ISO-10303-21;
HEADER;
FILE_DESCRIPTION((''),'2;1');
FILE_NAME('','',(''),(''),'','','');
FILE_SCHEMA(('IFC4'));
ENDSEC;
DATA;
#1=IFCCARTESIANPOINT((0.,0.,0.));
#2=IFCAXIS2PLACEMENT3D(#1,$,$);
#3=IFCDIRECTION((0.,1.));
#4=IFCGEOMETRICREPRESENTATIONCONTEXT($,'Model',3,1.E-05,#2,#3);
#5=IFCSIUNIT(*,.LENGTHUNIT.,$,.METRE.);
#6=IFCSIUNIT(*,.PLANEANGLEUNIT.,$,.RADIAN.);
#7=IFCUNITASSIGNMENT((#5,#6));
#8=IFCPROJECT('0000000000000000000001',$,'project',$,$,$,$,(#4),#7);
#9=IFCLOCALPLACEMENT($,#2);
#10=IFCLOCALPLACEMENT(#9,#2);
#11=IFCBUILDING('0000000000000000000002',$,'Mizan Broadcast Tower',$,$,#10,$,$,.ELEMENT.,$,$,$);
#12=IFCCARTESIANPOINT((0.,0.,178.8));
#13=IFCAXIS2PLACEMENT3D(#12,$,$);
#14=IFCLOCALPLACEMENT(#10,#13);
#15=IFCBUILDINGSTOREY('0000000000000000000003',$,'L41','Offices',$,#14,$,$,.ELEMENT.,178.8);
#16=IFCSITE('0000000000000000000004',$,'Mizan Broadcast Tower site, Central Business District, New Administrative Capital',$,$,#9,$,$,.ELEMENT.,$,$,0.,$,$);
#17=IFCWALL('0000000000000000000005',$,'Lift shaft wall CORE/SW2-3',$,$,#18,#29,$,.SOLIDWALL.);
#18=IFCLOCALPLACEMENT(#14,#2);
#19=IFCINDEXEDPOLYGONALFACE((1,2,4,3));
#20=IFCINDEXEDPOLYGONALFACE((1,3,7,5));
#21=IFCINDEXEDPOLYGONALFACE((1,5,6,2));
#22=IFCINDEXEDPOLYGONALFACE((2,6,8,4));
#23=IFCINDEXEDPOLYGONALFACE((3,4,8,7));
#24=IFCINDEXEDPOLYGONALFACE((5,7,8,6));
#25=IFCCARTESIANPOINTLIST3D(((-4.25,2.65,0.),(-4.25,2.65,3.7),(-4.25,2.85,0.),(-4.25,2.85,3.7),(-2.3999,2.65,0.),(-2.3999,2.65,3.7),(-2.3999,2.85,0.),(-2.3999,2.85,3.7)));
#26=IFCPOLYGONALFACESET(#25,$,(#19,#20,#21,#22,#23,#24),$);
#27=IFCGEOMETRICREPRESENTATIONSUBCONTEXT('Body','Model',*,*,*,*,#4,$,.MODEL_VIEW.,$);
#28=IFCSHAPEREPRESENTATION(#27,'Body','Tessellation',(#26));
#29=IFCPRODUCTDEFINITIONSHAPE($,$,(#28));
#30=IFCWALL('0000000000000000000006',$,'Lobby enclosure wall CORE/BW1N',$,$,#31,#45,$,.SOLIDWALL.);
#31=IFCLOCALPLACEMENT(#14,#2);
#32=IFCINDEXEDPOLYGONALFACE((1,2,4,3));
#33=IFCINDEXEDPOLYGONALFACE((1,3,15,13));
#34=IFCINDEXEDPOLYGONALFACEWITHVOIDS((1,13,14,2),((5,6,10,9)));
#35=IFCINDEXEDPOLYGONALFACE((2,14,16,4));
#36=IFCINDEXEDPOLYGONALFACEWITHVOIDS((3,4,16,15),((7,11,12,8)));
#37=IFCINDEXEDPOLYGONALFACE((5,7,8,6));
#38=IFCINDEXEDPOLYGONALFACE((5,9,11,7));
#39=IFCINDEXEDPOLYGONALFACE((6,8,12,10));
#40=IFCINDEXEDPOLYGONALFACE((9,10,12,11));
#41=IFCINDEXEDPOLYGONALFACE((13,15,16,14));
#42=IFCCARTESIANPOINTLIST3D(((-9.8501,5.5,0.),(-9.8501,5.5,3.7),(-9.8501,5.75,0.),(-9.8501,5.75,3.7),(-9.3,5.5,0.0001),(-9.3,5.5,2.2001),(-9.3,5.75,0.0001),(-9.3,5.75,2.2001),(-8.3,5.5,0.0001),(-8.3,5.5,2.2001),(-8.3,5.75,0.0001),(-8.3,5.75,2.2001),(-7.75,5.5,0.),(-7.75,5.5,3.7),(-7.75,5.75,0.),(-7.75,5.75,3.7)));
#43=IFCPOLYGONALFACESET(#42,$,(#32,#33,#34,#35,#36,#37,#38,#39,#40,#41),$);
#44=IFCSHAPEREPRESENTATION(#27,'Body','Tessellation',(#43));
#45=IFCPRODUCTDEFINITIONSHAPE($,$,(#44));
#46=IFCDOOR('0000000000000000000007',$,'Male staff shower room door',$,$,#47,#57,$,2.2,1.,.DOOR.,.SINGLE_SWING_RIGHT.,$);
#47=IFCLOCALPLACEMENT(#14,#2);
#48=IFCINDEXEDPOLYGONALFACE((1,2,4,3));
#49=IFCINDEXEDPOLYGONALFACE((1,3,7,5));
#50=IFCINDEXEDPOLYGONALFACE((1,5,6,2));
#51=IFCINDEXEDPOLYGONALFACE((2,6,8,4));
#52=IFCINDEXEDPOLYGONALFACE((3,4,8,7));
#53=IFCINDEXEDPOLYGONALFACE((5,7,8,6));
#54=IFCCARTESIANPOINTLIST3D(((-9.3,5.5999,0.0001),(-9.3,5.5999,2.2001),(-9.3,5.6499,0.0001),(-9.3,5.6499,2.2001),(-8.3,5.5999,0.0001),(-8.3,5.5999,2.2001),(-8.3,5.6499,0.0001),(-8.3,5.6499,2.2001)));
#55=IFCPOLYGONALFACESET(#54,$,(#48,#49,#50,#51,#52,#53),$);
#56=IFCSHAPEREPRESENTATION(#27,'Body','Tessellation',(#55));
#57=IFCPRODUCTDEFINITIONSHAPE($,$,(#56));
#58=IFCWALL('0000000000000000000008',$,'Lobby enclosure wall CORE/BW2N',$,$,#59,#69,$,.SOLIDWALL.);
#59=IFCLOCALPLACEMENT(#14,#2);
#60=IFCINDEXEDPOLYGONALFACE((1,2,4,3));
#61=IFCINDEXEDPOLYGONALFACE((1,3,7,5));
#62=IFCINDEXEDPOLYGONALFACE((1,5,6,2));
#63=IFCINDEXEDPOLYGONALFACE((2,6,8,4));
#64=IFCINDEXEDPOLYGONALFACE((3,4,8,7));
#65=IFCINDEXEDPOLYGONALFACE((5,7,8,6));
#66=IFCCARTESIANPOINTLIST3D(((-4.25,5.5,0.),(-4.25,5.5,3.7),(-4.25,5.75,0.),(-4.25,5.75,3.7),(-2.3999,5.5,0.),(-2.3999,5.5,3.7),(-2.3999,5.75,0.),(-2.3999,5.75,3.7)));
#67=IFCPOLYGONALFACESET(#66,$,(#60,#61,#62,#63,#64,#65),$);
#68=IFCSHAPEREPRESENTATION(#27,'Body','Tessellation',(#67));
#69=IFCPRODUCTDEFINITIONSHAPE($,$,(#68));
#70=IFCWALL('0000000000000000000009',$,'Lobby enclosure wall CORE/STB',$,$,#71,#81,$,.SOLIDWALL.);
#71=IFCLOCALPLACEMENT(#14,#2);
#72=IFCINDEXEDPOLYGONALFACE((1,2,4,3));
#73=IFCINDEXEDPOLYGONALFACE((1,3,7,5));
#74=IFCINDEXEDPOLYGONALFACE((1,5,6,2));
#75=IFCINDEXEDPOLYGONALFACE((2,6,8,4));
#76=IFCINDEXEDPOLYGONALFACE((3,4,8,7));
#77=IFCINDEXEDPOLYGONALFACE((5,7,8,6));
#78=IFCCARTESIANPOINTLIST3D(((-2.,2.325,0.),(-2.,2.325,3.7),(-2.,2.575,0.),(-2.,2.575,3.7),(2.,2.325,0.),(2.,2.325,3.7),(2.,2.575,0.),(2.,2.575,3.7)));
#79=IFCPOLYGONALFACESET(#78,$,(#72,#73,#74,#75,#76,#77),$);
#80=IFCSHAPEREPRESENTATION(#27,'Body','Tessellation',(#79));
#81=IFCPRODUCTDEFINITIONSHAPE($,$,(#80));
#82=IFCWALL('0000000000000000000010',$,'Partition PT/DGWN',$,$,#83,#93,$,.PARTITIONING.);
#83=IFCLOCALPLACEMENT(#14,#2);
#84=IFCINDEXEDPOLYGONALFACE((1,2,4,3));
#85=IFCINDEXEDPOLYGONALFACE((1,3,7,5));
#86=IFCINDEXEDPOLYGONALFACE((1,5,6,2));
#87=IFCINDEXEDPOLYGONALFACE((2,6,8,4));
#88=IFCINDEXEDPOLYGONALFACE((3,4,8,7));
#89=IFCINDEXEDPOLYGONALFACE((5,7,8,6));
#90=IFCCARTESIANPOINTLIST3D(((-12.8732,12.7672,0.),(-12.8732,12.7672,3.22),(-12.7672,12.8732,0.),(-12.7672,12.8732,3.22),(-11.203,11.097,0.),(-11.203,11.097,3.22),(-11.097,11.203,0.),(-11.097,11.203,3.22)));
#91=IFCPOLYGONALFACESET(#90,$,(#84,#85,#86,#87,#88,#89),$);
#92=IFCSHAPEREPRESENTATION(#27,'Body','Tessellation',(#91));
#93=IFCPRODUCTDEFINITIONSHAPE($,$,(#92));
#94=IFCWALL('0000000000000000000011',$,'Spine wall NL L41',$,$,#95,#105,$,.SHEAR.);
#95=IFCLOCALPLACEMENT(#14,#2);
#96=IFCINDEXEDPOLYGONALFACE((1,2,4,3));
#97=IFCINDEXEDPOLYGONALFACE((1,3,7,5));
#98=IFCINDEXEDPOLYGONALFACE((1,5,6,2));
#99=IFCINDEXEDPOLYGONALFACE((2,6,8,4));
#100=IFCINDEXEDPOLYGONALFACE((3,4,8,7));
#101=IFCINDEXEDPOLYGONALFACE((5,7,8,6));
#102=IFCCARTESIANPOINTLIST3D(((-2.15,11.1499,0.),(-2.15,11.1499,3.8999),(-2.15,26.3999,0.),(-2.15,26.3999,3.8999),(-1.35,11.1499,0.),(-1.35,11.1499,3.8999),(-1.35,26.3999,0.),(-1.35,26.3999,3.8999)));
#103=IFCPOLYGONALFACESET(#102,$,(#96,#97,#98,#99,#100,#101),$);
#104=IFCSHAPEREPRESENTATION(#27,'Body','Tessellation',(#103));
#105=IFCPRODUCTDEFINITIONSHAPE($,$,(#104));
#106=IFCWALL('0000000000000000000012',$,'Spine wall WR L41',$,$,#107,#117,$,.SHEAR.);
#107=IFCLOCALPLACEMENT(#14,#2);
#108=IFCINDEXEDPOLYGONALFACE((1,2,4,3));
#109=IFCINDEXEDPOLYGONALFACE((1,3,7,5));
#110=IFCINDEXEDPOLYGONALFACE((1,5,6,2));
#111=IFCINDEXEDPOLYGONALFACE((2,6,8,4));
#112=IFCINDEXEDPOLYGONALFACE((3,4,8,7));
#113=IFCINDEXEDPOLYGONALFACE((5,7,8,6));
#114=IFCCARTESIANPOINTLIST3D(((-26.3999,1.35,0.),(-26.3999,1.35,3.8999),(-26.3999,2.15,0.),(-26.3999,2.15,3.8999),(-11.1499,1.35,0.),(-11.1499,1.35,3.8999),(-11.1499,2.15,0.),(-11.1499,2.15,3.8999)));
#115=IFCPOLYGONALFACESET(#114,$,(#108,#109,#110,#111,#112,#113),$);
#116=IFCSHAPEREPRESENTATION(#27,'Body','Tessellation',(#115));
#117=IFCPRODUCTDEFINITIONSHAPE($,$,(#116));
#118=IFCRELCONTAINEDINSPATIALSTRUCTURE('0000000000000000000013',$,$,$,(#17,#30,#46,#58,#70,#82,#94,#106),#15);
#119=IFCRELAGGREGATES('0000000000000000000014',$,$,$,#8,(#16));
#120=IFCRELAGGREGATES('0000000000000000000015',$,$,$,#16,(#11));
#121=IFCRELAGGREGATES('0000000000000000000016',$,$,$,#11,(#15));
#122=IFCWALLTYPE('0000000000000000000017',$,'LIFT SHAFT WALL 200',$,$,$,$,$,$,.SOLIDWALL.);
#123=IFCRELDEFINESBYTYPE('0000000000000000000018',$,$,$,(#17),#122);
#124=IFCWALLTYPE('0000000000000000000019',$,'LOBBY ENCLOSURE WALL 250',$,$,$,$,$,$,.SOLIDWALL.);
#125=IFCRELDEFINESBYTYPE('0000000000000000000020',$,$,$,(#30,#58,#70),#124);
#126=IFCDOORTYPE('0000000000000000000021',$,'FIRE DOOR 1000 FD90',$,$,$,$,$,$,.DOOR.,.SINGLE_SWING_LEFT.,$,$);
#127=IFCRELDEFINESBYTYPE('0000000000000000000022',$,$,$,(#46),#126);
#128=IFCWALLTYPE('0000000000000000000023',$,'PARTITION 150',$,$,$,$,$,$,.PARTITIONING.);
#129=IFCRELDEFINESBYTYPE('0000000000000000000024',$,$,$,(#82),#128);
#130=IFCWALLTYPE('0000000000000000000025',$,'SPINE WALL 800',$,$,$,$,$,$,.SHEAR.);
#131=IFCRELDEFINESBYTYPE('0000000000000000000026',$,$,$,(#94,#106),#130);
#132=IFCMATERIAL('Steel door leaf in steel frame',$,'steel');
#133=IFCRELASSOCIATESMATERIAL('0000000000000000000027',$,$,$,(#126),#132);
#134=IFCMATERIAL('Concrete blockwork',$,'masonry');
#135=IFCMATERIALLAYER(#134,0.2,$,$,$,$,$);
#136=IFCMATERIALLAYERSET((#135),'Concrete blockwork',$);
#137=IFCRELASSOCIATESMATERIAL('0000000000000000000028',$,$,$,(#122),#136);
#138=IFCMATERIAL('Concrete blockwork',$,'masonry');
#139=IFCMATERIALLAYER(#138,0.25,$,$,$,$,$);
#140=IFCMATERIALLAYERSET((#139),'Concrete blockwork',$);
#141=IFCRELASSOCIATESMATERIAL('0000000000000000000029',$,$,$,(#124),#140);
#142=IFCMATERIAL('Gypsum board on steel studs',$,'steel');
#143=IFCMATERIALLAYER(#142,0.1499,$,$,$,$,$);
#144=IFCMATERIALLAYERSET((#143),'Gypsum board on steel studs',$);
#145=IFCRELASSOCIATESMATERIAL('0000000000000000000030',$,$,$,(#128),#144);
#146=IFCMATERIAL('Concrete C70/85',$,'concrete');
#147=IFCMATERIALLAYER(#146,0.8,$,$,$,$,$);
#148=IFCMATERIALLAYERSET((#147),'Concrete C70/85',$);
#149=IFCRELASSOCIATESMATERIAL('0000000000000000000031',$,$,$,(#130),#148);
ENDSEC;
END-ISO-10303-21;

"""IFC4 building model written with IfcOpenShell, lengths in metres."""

from ifc_helpers import new_model, si_unit, direction, frame, frame_2d, origin, place, context, subcontext, project, spatial, rectangle, extrude, material, layer, layer_set, type_object, element, fill, save


model = new_model("IFC4")

# Units and contexts
model_context = context("Model", 3, precision=1e-05, world=origin(), true_north=direction((0.0, 1.0)))
body_context = subcontext(model_context, "Body", "Model", "MODEL_VIEW")
ifc_project = project(units=[si_unit("LENGTHUNIT", "METRE"), si_unit("PLANEANGLEUNIT", "RADIAN")], contexts=[model_context])

# Site, building, storey
site_placement = place(None, origin())
site = spatial("IfcSite", under=ifc_project, at=site_placement, Name="Mizan Broadcast Tower site, Central Business District, New Administrative Capital", CompositionType="ELEMENT", RefElevation=0.0)
building_placement = place(site_placement, origin())
building = spatial("IfcBuilding", under=site, at=building_placement, Name="Mizan Broadcast Tower", CompositionType="ELEMENT")
storey_placement = place(building_placement, frame((0.0, 0.0, 178.8)))
storey = spatial("IfcBuildingStorey", under=building, at=storey_placement, Name="L41", Description="Offices", CompositionType="ELEMENT", Elevation=178.8)

# Shared definitions
ifc_material_1 = material(Name="Steel door leaf in steel frame", Category="steel")
door_type_1 = type_object("IfcDoorType", Name="FIRE DOOR 1000 FD90", OperationType="SINGLE_SWING_LEFT", PredefinedType="DOOR", material=ifc_material_1)

# Wall
ifc_material_2 = material(Name="Concrete blockwork", Category="masonry")
ifc_layer_1 = layer(ifc_material_2, 0.2)
ifc_layer_set_1 = layer_set([ifc_layer_1], Name="Concrete blockwork")
wall_type_1 = type_object("IfcWallType", Name="LIFT SHAFT WALL 200", PredefinedType="SOLIDWALL", material=ifc_layer_set_1)
for number, where, z_axis, x_axis, name in (
    (1, (-4.25, 2.75, 0.0), (0.0, 0.0, 1.0), (1.0, 0.0, 0.0), "Lift shaft wall CORE/SW2-3"),
):
    element("IfcWall", number, at=place(storey_placement, frame(where, z_axis=z_axis, x_axis=x_axis)), inside=storey, type_object=wall_type_1, Name=name, PredefinedType="SOLIDWALL", context=body_context, shape_type="SweptSolid", body=[
        extrude(rectangle(XDim=1.8501, YDim=0.2, at=frame_2d((0.925, 0.0))), origin(), (0.0, 0.0, 1.0), 3.7),
    ])

# Wall, opening, door
ifc_material_3 = material(Name="Concrete blockwork", Category="masonry")
ifc_layer_2 = layer(ifc_material_3, 0.25)
ifc_layer_set_2 = layer_set([ifc_layer_2], Name="Concrete blockwork")
wall_type_2 = type_object("IfcWallType", Name="LOBBY ENCLOSURE WALL 250", PredefinedType="SOLIDWALL", material=ifc_layer_set_2)
wall_1_placement = place(storey_placement, frame((-9.8501, 5.625, 0.0), z_axis=(0.0, 0.0, 1.0), x_axis=(1.0, 0.0, 0.0)))
wall_1 = element("IfcWall", 2, at=wall_1_placement, inside=storey, type_object=wall_type_2, Name="Lobby enclosure wall CORE/BW1N", PredefinedType="SOLIDWALL", context=body_context, shape_type="SweptSolid", body=[
    extrude(rectangle(XDim=2.1001, YDim=0.25, at=frame_2d((1.05, 0.0))), origin(), (0.0, 0.0, 1.0), 3.7),
])
opening_1_placement = place(wall_1_placement, frame((0.55, 0.0, 0.0)))
opening_1 = element("IfcOpeningElement", 3, at=opening_1_placement, cuts=wall_1, PredefinedType="OPENING", context=body_context, shape_type="SweptSolid", body=[
    extrude(rectangle(XDim=1.0, YDim=2.2, at=frame_2d((0.5, 1.1001))), frame((0.0, 0.135, 0.0), z_axis=(0.0, -1.0, 0.0), x_axis=(1.0, 0.0, 0.0)), (0.0, 0.0, 1.0), 0.27),
])
door_1_placement = place(opening_1_placement, origin())
door_1 = element("IfcDoor", 4, at=door_1_placement, inside=storey, type_object=door_type_1, Name="Male staff shower room door", OperationType="SINGLE_SWING_RIGHT", OverallHeight=2.2, OverallWidth=1.0, PredefinedType="DOOR", context=body_context, shape_type="SweptSolid", body=[
    extrude(rectangle(XDim=1.0, YDim=2.2, at=frame_2d((0.5, 1.1001))), frame((0.0, 0.0249, 0.0), z_axis=(0.0, -1.0, 0.0), x_axis=(1.0, 0.0, 0.0)), (0.0, 0.0, 1.0), 0.05),
])
fill(opening_1, door_1)

# Walls
wall_2_placement = place(storey_placement, frame((-4.25, 5.625, 0.0), z_axis=(0.0, 0.0, 1.0), x_axis=(1.0, 0.0, 0.0)))
element("IfcWall", 5, at=wall_2_placement, inside=storey, type_object=wall_type_2, Name="Lobby enclosure wall CORE/BW2N", PredefinedType="SOLIDWALL", context=body_context, shape_type="SweptSolid", body=[
    extrude(rectangle(XDim=1.8501, YDim=0.25, at=frame_2d((0.925, 0.0))), origin(), (0.0, 0.0, 1.0), 3.7),
])
wall_3_placement = place(storey_placement, frame((-2.0, 2.45, 0.0), z_axis=(0.0, 0.0, 1.0), x_axis=(1.0, 0.0, 0.0)))
element("IfcWall", 6, at=wall_3_placement, inside=storey, type_object=wall_type_2, Name="Lobby enclosure wall CORE/STB", PredefinedType="SOLIDWALL", context=body_context, shape_type="SweptSolid", body=[
    extrude(rectangle(XDim=4.0, YDim=0.25, at=frame_2d((2.0, 0.0))), origin(), (0.0, 0.0, 1.0), 3.7),
])
ifc_material_4 = material(Name="Gypsum board on steel studs", Category="steel")
ifc_layer_3 = layer(ifc_material_4, 0.1499)
ifc_layer_set_3 = layer_set([ifc_layer_3], Name="Gypsum board on steel studs")
wall_type_3 = type_object("IfcWallType", Name="PARTITION 150", PredefinedType="PARTITIONING", material=ifc_layer_set_3)
wall_4_placement = place(storey_placement, frame((-11.1499, 11.1499, 0.0), z_axis=(0.0, 0.0, 1.0), x_axis=(-0.707107, 0.707107, 0.0)))
element("IfcWall", 7, at=wall_4_placement, inside=storey, type_object=wall_type_3, Name="Partition PT/DGWN", PredefinedType="PARTITIONING", context=body_context, shape_type="SweptSolid", body=[
    extrude(rectangle(XDim=2.3621, YDim=0.1499, at=frame_2d((1.1812, 0.0))), origin(), (0.0, 0.0, 1.0), 3.22),
])
ifc_material_5 = material(Name="Concrete C70/85", Category="concrete")
ifc_layer_4 = layer(ifc_material_5, 0.8)
ifc_layer_set_4 = layer_set([ifc_layer_4], Name="Concrete C70/85")
wall_type_4 = type_object("IfcWallType", Name="SPINE WALL 800", PredefinedType="SHEAR", material=ifc_layer_set_4)
for number, where, z_axis, x_axis, name in (
    (8, (-1.75, 11.1499, 0.0), (0.0, 0.0, 1.0), (0.0, 1.0, 0.0), "Spine wall NL L41"),
    (9, (-11.1499, 1.75, 0.0), (0.0, 0.0, 1.0), (-1.0, 0.0, 0.0), "Spine wall WR L41"),
):
    element("IfcWall", number, at=place(storey_placement, frame(where, z_axis=z_axis, x_axis=x_axis)), inside=storey, type_object=wall_type_4, Name=name, PredefinedType="SHEAR", context=body_context, shape_type="SweptSolid", body=[
        extrude(rectangle(XDim=15.25, YDim=0.8, at=frame_2d((7.625, 0.0))), origin(), (0.0, 0.0, 1.0), 3.8999),
    ])

save(model, "model.ifc")
